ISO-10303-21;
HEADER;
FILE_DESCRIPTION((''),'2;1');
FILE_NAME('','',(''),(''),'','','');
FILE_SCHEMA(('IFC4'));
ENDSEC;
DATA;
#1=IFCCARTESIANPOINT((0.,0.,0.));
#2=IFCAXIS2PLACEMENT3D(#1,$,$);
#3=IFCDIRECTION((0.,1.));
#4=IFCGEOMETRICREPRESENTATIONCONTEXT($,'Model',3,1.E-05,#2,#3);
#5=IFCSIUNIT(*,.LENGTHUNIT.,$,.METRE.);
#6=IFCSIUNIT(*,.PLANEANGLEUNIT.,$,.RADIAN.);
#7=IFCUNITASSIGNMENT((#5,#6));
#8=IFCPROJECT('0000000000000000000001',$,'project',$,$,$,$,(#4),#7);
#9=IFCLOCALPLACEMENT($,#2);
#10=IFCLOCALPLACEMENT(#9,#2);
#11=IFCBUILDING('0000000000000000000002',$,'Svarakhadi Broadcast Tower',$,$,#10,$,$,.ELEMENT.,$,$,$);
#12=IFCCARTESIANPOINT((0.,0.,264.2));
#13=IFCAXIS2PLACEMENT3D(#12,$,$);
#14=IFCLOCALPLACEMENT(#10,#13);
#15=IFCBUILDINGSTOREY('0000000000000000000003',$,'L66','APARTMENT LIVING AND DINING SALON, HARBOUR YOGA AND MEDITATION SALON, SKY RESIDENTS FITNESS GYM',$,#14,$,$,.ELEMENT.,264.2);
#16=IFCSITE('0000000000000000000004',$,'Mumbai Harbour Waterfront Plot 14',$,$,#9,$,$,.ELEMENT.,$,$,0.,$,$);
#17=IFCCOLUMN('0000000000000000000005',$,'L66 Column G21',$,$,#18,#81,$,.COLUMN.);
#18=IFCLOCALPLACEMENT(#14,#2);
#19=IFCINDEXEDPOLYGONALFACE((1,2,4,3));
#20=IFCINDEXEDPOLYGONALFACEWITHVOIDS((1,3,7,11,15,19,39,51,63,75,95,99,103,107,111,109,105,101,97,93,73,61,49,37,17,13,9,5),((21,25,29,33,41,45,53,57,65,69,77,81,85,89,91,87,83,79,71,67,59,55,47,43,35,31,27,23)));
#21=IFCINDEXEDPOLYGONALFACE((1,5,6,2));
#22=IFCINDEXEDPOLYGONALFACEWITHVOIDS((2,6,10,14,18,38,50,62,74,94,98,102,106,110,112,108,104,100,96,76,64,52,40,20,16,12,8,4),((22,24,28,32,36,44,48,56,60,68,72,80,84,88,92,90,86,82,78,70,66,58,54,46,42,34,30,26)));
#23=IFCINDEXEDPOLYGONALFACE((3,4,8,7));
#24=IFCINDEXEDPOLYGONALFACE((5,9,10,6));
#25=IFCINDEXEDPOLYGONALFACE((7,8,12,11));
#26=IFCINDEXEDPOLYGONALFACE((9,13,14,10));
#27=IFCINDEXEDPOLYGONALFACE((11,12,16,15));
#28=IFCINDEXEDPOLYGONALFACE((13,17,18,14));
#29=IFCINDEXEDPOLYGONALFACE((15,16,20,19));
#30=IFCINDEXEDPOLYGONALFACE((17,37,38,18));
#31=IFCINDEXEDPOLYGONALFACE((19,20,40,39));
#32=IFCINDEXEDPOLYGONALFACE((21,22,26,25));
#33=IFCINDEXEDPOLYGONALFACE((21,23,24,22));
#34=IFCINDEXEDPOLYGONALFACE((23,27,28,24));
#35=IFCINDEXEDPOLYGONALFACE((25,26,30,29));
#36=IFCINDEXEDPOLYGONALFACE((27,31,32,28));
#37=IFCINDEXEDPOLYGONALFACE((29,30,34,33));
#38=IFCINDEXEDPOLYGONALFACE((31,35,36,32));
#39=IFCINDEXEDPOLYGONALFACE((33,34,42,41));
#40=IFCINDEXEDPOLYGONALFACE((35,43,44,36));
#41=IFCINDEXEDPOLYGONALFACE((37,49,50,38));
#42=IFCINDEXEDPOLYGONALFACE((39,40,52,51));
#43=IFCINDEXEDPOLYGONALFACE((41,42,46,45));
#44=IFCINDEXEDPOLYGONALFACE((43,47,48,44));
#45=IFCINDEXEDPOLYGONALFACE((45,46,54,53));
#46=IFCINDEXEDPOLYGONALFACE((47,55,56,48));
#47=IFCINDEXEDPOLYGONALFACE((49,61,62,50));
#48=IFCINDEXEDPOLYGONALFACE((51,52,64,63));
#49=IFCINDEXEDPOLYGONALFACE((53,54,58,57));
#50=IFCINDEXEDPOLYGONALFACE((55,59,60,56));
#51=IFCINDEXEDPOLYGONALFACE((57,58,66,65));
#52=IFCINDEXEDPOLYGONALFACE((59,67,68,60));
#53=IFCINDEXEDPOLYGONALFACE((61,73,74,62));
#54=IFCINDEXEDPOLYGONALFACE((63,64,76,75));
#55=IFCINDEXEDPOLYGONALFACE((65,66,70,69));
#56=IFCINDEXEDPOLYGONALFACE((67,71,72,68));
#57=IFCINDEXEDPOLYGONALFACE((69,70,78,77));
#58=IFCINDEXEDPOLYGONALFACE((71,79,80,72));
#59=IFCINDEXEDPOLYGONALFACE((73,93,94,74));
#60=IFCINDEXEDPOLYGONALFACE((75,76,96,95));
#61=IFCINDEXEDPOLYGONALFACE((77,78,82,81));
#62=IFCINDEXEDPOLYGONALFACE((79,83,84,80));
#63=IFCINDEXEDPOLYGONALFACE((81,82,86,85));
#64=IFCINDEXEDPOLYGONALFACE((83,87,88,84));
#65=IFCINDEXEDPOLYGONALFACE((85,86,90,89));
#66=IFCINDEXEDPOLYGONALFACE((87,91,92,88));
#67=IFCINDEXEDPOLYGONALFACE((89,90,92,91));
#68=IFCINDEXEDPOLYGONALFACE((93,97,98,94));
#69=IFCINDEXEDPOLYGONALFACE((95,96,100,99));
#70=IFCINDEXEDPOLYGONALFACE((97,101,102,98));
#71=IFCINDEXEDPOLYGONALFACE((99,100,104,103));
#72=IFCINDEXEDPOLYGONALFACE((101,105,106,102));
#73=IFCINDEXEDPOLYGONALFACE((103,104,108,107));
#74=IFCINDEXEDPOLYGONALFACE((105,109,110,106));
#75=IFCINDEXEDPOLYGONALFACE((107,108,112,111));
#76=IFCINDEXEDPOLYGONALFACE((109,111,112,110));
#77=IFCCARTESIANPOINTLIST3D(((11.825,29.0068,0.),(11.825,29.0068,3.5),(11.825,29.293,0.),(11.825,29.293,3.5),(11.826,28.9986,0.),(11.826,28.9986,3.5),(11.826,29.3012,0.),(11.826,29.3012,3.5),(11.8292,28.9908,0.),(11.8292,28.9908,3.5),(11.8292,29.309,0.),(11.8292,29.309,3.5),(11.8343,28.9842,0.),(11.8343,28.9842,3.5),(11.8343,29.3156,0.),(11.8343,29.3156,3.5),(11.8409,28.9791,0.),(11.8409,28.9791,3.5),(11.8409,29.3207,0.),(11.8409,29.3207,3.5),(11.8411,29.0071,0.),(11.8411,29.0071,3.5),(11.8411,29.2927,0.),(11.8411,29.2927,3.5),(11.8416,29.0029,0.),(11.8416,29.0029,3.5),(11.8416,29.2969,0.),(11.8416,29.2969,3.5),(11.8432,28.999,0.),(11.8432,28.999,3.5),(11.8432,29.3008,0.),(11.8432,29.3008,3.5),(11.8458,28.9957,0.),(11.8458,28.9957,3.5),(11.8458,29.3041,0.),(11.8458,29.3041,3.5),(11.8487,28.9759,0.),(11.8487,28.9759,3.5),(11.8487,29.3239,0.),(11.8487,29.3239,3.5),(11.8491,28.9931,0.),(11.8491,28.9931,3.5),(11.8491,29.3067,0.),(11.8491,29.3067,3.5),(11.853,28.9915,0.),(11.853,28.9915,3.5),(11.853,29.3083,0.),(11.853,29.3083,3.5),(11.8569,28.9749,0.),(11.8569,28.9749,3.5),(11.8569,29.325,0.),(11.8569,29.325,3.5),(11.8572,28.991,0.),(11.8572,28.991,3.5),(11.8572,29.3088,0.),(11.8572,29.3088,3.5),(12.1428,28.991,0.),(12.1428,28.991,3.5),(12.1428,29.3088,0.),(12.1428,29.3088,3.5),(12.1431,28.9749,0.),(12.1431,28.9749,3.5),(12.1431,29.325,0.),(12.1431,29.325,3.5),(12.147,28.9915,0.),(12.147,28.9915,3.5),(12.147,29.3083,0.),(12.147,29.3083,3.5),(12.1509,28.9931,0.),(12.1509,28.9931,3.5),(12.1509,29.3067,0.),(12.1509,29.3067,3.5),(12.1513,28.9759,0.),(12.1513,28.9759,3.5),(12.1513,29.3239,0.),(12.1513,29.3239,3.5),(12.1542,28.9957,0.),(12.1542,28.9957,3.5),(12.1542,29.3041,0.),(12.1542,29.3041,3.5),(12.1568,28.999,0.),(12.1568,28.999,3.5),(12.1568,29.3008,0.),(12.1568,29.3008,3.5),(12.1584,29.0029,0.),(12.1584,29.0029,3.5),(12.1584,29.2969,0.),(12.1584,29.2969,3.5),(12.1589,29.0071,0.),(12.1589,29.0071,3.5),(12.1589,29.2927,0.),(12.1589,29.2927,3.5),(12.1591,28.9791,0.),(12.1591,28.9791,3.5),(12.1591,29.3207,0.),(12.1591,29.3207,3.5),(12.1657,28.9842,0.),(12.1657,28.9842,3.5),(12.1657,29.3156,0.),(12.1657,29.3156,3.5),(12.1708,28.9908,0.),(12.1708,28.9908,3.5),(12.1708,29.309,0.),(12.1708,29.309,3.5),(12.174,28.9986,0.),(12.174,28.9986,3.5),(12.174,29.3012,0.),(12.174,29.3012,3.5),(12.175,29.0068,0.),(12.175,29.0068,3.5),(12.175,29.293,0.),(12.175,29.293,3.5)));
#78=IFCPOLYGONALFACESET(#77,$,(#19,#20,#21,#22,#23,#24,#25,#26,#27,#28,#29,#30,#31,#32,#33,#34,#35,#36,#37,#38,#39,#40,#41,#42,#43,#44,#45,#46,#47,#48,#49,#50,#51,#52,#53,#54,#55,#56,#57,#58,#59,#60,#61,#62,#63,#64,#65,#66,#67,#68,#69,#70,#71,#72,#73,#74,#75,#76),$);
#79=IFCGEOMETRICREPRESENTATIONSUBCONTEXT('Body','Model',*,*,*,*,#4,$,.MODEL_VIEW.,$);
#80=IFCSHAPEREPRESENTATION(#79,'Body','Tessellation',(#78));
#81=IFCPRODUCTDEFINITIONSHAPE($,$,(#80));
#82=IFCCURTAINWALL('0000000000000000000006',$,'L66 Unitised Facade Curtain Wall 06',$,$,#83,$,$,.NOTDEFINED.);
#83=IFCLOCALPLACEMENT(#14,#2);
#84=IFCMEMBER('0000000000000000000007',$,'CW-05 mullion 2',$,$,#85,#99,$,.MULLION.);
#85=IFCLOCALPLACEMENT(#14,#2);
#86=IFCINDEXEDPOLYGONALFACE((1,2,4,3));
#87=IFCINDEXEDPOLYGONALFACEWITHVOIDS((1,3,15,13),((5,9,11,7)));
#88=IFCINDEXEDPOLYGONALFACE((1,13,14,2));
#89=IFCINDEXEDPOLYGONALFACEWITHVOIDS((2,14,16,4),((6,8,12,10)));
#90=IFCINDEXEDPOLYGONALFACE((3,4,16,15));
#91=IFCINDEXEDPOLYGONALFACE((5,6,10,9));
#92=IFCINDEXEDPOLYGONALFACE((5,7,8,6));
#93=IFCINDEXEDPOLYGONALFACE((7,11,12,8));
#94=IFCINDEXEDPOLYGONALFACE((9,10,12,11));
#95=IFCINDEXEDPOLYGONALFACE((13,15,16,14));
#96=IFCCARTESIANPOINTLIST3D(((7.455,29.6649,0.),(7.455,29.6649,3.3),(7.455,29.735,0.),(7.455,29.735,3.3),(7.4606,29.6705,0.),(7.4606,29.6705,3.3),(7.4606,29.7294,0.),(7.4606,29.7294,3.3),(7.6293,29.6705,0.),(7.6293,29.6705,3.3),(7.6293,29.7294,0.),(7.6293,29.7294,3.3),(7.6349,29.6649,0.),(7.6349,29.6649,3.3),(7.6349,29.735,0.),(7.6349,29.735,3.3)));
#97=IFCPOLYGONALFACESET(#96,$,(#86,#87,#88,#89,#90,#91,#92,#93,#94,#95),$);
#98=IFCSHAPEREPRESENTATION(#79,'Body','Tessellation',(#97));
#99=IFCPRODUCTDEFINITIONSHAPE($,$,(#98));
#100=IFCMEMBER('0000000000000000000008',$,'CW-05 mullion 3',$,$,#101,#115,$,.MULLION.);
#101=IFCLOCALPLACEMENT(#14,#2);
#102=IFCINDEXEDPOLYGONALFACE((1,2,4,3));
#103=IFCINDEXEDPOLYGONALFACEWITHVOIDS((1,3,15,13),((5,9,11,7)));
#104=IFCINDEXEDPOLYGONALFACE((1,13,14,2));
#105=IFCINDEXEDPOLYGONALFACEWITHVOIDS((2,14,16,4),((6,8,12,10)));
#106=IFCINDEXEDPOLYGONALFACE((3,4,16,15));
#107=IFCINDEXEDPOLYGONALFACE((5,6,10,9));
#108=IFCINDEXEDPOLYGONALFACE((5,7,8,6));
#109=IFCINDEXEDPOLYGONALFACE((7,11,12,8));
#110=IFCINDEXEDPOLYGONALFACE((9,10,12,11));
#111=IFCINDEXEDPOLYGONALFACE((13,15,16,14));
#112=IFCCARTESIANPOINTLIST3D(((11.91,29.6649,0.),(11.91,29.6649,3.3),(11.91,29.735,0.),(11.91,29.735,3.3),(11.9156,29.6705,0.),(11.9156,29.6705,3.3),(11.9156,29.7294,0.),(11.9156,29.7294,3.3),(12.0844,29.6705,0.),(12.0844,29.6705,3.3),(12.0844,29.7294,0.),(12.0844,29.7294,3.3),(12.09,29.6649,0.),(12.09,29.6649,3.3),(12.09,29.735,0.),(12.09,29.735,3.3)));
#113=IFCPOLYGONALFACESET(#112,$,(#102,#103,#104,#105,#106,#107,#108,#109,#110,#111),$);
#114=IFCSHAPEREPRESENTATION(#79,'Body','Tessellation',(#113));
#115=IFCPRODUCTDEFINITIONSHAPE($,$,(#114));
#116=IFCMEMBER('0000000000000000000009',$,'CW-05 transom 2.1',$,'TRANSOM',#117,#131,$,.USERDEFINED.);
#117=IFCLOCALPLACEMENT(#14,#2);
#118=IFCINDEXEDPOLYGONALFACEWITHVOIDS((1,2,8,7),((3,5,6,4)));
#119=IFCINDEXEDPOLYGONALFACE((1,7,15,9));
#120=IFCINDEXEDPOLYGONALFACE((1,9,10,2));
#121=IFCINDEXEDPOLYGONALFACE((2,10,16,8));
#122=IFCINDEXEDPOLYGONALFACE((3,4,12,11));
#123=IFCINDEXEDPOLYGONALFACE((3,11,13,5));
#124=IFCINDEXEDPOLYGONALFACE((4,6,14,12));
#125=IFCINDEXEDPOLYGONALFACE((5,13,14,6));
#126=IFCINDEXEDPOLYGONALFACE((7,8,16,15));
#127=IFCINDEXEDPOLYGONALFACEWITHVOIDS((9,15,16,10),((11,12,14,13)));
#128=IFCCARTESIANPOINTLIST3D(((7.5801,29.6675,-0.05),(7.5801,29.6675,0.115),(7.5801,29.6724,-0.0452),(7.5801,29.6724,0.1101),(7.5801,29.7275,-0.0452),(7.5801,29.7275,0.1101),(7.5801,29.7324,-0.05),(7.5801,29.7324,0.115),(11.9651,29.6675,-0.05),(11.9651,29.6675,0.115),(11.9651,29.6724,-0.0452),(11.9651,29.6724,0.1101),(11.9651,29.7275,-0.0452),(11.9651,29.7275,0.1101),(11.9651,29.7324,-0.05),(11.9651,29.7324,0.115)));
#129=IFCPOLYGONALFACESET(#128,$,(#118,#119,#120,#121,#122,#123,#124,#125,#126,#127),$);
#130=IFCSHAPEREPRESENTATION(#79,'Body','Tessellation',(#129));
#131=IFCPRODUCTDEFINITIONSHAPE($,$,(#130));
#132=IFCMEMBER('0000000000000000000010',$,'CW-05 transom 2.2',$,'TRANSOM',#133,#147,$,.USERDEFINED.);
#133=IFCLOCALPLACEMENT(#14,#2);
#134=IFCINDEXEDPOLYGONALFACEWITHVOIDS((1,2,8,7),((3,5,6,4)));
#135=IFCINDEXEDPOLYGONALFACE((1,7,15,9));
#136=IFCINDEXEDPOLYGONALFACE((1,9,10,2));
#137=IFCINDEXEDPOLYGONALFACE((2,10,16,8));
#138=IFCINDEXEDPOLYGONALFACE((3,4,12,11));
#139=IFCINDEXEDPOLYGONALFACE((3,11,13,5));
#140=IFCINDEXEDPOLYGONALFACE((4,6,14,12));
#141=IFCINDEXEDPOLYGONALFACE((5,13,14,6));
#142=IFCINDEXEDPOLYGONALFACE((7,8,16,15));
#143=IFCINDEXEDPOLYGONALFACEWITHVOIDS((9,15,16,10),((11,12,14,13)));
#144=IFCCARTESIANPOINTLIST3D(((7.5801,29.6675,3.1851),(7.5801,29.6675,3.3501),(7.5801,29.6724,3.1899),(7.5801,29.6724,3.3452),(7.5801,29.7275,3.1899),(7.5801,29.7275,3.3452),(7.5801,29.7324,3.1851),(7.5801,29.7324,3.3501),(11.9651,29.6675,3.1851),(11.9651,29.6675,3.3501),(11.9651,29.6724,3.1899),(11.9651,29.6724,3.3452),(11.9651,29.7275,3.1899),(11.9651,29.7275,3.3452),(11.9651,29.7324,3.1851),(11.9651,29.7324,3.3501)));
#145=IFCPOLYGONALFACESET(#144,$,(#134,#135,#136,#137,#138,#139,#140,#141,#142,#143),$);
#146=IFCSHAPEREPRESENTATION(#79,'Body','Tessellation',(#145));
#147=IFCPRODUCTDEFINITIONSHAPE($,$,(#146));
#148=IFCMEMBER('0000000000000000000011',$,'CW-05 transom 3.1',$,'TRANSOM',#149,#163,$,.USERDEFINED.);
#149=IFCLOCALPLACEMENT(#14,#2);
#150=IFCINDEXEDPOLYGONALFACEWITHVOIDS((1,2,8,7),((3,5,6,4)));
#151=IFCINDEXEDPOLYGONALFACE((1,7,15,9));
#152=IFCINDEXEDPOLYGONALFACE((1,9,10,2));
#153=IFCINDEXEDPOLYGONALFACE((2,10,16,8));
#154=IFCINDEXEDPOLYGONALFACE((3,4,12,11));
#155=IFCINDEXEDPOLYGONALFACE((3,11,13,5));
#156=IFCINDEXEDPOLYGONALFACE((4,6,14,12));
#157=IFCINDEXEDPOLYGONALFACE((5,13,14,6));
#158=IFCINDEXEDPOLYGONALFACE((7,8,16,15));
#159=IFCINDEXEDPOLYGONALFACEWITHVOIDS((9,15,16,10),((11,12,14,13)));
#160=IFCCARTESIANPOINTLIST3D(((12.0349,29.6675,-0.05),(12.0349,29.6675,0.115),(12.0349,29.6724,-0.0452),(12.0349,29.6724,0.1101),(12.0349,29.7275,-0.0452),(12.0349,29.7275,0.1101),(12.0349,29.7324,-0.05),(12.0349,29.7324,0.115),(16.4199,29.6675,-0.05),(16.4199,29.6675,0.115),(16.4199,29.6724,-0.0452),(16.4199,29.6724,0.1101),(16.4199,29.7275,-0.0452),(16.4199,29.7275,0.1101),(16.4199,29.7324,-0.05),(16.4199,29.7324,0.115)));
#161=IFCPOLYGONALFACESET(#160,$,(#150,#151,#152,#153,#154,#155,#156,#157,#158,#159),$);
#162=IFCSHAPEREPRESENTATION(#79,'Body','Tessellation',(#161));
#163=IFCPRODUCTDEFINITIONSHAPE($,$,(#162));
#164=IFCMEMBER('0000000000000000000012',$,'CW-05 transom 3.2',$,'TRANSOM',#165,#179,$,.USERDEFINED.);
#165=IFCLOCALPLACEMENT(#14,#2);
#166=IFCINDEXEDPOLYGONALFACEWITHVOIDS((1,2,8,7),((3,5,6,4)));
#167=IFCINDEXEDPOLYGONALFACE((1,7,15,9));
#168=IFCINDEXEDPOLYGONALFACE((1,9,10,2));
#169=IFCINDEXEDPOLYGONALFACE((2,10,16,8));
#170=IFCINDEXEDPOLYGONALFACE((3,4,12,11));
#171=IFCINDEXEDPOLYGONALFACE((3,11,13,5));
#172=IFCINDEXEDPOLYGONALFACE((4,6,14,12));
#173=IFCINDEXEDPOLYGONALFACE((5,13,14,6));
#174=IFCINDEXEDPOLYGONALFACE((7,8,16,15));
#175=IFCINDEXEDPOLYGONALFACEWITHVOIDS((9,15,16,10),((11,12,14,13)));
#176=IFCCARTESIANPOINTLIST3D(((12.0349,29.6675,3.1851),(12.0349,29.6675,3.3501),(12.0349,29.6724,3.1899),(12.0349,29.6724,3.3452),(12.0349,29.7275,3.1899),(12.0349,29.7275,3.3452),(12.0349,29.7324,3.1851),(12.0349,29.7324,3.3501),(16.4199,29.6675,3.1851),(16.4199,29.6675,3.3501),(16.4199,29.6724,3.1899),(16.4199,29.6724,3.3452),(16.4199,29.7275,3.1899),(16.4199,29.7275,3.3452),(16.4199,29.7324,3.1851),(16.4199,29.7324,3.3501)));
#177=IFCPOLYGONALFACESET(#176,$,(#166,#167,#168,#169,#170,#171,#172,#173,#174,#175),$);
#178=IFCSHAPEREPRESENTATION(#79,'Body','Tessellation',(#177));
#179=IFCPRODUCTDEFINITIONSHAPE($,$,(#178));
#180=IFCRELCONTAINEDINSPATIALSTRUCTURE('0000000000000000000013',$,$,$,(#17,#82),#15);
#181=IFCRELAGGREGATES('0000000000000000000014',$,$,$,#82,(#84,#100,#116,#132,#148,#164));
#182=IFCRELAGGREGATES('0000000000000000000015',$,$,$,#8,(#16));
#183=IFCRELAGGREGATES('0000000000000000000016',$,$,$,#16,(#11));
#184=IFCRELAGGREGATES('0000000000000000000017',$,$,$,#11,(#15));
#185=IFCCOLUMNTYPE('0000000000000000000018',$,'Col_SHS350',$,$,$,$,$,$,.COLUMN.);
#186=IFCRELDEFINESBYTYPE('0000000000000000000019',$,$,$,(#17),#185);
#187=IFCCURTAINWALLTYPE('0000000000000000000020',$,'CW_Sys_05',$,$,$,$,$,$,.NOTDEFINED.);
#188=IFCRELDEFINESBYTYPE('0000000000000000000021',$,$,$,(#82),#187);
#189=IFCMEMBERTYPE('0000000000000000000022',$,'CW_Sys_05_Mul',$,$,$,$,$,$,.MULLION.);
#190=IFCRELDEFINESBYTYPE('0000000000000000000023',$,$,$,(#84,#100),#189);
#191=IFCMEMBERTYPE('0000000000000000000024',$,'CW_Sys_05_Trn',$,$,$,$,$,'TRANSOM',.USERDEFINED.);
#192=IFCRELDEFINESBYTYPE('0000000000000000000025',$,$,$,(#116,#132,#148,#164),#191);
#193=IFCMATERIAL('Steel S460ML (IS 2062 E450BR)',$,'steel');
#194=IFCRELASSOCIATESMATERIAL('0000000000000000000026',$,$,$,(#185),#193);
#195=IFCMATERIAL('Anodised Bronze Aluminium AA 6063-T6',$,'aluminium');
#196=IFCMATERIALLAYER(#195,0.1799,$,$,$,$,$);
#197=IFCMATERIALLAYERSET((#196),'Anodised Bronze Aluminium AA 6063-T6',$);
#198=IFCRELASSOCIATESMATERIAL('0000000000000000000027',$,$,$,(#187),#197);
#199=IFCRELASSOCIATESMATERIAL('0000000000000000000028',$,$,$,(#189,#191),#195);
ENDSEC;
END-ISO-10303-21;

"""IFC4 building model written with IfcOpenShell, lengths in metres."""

from ifc_helpers import new_model, si_unit, direction, frame, origin, origin_2d, place, context, subcontext, project, spatial, hollow_rectangle, extrude, material, layer, layer_set, material_profile, profile_set, type_object, element, aggregate, save


model = new_model("IFC4")

# Units and contexts
model_context = context("Model", 3, precision=1e-05, world=origin(), true_north=direction((0.0, 1.0)))
body_context = subcontext(model_context, "Body", "Model", "MODEL_VIEW")
ifc_project = project(units=[si_unit("LENGTHUNIT", "METRE"), si_unit("PLANEANGLEUNIT", "RADIAN")], contexts=[model_context])

# Site, building, storey
site_placement = place(None, origin())
site = spatial("IfcSite", under=ifc_project, at=site_placement, Name="Mumbai Harbour Waterfront Plot 14", CompositionType="ELEMENT", RefElevation=0.0)
building_placement = place(site_placement, origin())
building = spatial("IfcBuilding", under=site, at=building_placement, Name="Svarakhadi Broadcast Tower", CompositionType="ELEMENT")
storey_placement = place(building_placement, frame((0.0, 0.0, 264.2)))
storey = spatial("IfcBuildingStorey", under=building, at=storey_placement, Name="L66", Description="APARTMENT LIVING AND DINING SALON, HARBOUR YOGA AND MEDITATION SALON, SKY RESIDENTS FITNESS GYM", CompositionType="ELEMENT", Elevation=264.2)

# Column
ifc_material_1 = material(Name="Steel S460ML (IS 2062 E450BR)", Category="steel")
ifc_material_profile_1 = material_profile(ifc_material_1, hollow_rectangle(XDim=0.3501, YDim=0.3501, WallThickness=0.0161, InnerFilletRadius=0.0161, OuterFilletRadius=0.032, at=origin_2d()), Name="SHS 350x350x16")
ifc_profile_set_1 = profile_set([ifc_material_profile_1], Name="Steel S460ML (IS 2062 E450BR)")
column_type = type_object("IfcColumnType", Name="Col_SHS350", PredefinedType="COLUMN", material=ifc_profile_set_1)
column_placement = place(storey_placement, frame((12.0, 29.1499, 0.0), z_axis=(0.0, 0.0, 1.0), x_axis=(1.0, 0.0, 0.0)))
element("IfcColumn", 1, at=column_placement, inside=storey, type_object=column_type, Name="L66 Column G21", PredefinedType="COLUMN", context=body_context, shape_type="SweptSolid", body=[
    extrude(hollow_rectangle(XDim=0.3501, YDim=0.3501, WallThickness=0.0161, InnerFilletRadius=0.0161, OuterFilletRadius=0.032, at=origin_2d()), origin(), (0.0, 0.0, 1.0), 3.5),
])

# Curtain wall, members
ifc_material_2 = material(Name="Anodised Bronze Aluminium AA 6063-T6", Category="aluminium")
ifc_layer_1 = layer(ifc_material_2, 0.1799)
ifc_layer_set_1 = layer_set([ifc_layer_1], Name="Anodised Bronze Aluminium AA 6063-T6")
curtain_wall_type = type_object("IfcCurtainWallType", Name="CW_Sys_05", PredefinedType="NOTDEFINED", material=ifc_layer_set_1)
curtain_wall_placement = place(storey_placement, origin())
curtain_wall = element("IfcCurtainWall", 2, at=curtain_wall_placement, inside=storey, type_object=curtain_wall_type, Name="L66 Unitised Facade Curtain Wall 06", PredefinedType="NOTDEFINED")
ifc_material_profile_2 = material_profile(ifc_material_2, hollow_rectangle(XDim=0.0701, YDim=0.1799, WallThickness=0.0056, at=origin_2d()), Name="ALU MULLION 180x70x6")
ifc_profile_set_2 = profile_set([ifc_material_profile_2], Name="Anodised Bronze Aluminium AA 6063-T6")
member_type_1 = type_object("IfcMemberType", Name="CW_Sys_05_Mul", PredefinedType="MULLION", material=ifc_profile_set_2)
member_1_placement = place(storey_placement, frame((7.5449, 29.7, 0.0), z_axis=(0.0, 0.0, 1.0), x_axis=(0.0, 1.0, 0.0)))
member_1 = element("IfcMember", 3, at=member_1_placement, type_object=member_type_1, Name="CW-05 mullion 2", PredefinedType="MULLION", context=body_context, shape_type="SweptSolid", body=[
    extrude(hollow_rectangle(XDim=0.0701, YDim=0.1799, WallThickness=0.0056, at=origin_2d()), origin(), (0.0, 0.0, 1.0), 3.3),
])
member_2_placement = place(storey_placement, frame((12.0, 29.7, 0.0), z_axis=(0.0, 0.0, 1.0), x_axis=(0.0, 1.0, 0.0)))
member_2 = element("IfcMember", 4, at=member_2_placement, type_object=member_type_1, Name="CW-05 mullion 3", PredefinedType="MULLION", context=body_context, shape_type="SweptSolid", body=[
    extrude(hollow_rectangle(XDim=0.0701, YDim=0.1799, WallThickness=0.0056, at=origin_2d()), origin(), (0.0, 0.0, 1.0), 3.3),
])
ifc_material_profile_3 = material_profile(ifc_material_2, hollow_rectangle(XDim=0.0649, YDim=0.165, WallThickness=0.0049, at=origin_2d()), Name="ALU TRANSOM 165x65x5")
ifc_profile_set_3 = profile_set([ifc_material_profile_3], Name="Anodised Bronze Aluminium AA 6063-T6")
member_type_2 = type_object("IfcMemberType", Name="CW_Sys_05_Trn", ElementType="TRANSOM", PredefinedType="USERDEFINED", material=ifc_profile_set_3)
member_3_placement = place(storey_placement, frame((7.5801, 29.7, 0.0325), z_axis=(1.0, 0.0, 0.0), x_axis=(0.0, 1.0, 0.0)))
member_3 = element("IfcMember", 5, at=member_3_placement, type_object=member_type_2, Name="CW-05 transom 2.1", ObjectType="TRANSOM", PredefinedType="USERDEFINED", context=body_context, shape_type="SweptSolid", body=[
    extrude(hollow_rectangle(XDim=0.0649, YDim=0.165, WallThickness=0.0049, at=origin_2d()), origin(), (0.0, 0.0, 1.0), 4.385),
])
member_4_placement = place(storey_placement, frame((7.5801, 29.7, 3.2676), z_axis=(1.0, 0.0, 0.0), x_axis=(0.0, 1.0, 0.0)))
member_4 = element("IfcMember", 6, at=member_4_placement, type_object=member_type_2, Name="CW-05 transom 2.2", ObjectType="TRANSOM", PredefinedType="USERDEFINED", context=body_context, shape_type="SweptSolid", body=[
    extrude(hollow_rectangle(XDim=0.0649, YDim=0.165, WallThickness=0.0049, at=origin_2d()), origin(), (0.0, 0.0, 1.0), 4.385),
])
member_5_placement = place(storey_placement, frame((12.0349, 29.7, 0.0325), z_axis=(1.0, 0.0, 0.0), x_axis=(0.0, 1.0, 0.0)))
member_5 = element("IfcMember", 7, at=member_5_placement, type_object=member_type_2, Name="CW-05 transom 3.1", ObjectType="TRANSOM", PredefinedType="USERDEFINED", context=body_context, shape_type="SweptSolid", body=[
    extrude(hollow_rectangle(XDim=0.0649, YDim=0.165, WallThickness=0.0049, at=origin_2d()), origin(), (0.0, 0.0, 1.0), 4.385),
])
member_6_placement = place(storey_placement, frame((12.0349, 29.7, 3.2676), z_axis=(1.0, 0.0, 0.0), x_axis=(0.0, 1.0, 0.0)))
member_6 = element("IfcMember", 8, at=member_6_placement, type_object=member_type_2, Name="CW-05 transom 3.2", ObjectType="TRANSOM", PredefinedType="USERDEFINED", context=body_context, shape_type="SweptSolid", body=[
    extrude(hollow_rectangle(XDim=0.0649, YDim=0.165, WallThickness=0.0049, at=origin_2d()), origin(), (0.0, 0.0, 1.0), 4.385),
])

aggregate(curtain_wall, [member_1, member_2, member_3, member_4, member_5, member_6])

save(model, "model.ifc")
